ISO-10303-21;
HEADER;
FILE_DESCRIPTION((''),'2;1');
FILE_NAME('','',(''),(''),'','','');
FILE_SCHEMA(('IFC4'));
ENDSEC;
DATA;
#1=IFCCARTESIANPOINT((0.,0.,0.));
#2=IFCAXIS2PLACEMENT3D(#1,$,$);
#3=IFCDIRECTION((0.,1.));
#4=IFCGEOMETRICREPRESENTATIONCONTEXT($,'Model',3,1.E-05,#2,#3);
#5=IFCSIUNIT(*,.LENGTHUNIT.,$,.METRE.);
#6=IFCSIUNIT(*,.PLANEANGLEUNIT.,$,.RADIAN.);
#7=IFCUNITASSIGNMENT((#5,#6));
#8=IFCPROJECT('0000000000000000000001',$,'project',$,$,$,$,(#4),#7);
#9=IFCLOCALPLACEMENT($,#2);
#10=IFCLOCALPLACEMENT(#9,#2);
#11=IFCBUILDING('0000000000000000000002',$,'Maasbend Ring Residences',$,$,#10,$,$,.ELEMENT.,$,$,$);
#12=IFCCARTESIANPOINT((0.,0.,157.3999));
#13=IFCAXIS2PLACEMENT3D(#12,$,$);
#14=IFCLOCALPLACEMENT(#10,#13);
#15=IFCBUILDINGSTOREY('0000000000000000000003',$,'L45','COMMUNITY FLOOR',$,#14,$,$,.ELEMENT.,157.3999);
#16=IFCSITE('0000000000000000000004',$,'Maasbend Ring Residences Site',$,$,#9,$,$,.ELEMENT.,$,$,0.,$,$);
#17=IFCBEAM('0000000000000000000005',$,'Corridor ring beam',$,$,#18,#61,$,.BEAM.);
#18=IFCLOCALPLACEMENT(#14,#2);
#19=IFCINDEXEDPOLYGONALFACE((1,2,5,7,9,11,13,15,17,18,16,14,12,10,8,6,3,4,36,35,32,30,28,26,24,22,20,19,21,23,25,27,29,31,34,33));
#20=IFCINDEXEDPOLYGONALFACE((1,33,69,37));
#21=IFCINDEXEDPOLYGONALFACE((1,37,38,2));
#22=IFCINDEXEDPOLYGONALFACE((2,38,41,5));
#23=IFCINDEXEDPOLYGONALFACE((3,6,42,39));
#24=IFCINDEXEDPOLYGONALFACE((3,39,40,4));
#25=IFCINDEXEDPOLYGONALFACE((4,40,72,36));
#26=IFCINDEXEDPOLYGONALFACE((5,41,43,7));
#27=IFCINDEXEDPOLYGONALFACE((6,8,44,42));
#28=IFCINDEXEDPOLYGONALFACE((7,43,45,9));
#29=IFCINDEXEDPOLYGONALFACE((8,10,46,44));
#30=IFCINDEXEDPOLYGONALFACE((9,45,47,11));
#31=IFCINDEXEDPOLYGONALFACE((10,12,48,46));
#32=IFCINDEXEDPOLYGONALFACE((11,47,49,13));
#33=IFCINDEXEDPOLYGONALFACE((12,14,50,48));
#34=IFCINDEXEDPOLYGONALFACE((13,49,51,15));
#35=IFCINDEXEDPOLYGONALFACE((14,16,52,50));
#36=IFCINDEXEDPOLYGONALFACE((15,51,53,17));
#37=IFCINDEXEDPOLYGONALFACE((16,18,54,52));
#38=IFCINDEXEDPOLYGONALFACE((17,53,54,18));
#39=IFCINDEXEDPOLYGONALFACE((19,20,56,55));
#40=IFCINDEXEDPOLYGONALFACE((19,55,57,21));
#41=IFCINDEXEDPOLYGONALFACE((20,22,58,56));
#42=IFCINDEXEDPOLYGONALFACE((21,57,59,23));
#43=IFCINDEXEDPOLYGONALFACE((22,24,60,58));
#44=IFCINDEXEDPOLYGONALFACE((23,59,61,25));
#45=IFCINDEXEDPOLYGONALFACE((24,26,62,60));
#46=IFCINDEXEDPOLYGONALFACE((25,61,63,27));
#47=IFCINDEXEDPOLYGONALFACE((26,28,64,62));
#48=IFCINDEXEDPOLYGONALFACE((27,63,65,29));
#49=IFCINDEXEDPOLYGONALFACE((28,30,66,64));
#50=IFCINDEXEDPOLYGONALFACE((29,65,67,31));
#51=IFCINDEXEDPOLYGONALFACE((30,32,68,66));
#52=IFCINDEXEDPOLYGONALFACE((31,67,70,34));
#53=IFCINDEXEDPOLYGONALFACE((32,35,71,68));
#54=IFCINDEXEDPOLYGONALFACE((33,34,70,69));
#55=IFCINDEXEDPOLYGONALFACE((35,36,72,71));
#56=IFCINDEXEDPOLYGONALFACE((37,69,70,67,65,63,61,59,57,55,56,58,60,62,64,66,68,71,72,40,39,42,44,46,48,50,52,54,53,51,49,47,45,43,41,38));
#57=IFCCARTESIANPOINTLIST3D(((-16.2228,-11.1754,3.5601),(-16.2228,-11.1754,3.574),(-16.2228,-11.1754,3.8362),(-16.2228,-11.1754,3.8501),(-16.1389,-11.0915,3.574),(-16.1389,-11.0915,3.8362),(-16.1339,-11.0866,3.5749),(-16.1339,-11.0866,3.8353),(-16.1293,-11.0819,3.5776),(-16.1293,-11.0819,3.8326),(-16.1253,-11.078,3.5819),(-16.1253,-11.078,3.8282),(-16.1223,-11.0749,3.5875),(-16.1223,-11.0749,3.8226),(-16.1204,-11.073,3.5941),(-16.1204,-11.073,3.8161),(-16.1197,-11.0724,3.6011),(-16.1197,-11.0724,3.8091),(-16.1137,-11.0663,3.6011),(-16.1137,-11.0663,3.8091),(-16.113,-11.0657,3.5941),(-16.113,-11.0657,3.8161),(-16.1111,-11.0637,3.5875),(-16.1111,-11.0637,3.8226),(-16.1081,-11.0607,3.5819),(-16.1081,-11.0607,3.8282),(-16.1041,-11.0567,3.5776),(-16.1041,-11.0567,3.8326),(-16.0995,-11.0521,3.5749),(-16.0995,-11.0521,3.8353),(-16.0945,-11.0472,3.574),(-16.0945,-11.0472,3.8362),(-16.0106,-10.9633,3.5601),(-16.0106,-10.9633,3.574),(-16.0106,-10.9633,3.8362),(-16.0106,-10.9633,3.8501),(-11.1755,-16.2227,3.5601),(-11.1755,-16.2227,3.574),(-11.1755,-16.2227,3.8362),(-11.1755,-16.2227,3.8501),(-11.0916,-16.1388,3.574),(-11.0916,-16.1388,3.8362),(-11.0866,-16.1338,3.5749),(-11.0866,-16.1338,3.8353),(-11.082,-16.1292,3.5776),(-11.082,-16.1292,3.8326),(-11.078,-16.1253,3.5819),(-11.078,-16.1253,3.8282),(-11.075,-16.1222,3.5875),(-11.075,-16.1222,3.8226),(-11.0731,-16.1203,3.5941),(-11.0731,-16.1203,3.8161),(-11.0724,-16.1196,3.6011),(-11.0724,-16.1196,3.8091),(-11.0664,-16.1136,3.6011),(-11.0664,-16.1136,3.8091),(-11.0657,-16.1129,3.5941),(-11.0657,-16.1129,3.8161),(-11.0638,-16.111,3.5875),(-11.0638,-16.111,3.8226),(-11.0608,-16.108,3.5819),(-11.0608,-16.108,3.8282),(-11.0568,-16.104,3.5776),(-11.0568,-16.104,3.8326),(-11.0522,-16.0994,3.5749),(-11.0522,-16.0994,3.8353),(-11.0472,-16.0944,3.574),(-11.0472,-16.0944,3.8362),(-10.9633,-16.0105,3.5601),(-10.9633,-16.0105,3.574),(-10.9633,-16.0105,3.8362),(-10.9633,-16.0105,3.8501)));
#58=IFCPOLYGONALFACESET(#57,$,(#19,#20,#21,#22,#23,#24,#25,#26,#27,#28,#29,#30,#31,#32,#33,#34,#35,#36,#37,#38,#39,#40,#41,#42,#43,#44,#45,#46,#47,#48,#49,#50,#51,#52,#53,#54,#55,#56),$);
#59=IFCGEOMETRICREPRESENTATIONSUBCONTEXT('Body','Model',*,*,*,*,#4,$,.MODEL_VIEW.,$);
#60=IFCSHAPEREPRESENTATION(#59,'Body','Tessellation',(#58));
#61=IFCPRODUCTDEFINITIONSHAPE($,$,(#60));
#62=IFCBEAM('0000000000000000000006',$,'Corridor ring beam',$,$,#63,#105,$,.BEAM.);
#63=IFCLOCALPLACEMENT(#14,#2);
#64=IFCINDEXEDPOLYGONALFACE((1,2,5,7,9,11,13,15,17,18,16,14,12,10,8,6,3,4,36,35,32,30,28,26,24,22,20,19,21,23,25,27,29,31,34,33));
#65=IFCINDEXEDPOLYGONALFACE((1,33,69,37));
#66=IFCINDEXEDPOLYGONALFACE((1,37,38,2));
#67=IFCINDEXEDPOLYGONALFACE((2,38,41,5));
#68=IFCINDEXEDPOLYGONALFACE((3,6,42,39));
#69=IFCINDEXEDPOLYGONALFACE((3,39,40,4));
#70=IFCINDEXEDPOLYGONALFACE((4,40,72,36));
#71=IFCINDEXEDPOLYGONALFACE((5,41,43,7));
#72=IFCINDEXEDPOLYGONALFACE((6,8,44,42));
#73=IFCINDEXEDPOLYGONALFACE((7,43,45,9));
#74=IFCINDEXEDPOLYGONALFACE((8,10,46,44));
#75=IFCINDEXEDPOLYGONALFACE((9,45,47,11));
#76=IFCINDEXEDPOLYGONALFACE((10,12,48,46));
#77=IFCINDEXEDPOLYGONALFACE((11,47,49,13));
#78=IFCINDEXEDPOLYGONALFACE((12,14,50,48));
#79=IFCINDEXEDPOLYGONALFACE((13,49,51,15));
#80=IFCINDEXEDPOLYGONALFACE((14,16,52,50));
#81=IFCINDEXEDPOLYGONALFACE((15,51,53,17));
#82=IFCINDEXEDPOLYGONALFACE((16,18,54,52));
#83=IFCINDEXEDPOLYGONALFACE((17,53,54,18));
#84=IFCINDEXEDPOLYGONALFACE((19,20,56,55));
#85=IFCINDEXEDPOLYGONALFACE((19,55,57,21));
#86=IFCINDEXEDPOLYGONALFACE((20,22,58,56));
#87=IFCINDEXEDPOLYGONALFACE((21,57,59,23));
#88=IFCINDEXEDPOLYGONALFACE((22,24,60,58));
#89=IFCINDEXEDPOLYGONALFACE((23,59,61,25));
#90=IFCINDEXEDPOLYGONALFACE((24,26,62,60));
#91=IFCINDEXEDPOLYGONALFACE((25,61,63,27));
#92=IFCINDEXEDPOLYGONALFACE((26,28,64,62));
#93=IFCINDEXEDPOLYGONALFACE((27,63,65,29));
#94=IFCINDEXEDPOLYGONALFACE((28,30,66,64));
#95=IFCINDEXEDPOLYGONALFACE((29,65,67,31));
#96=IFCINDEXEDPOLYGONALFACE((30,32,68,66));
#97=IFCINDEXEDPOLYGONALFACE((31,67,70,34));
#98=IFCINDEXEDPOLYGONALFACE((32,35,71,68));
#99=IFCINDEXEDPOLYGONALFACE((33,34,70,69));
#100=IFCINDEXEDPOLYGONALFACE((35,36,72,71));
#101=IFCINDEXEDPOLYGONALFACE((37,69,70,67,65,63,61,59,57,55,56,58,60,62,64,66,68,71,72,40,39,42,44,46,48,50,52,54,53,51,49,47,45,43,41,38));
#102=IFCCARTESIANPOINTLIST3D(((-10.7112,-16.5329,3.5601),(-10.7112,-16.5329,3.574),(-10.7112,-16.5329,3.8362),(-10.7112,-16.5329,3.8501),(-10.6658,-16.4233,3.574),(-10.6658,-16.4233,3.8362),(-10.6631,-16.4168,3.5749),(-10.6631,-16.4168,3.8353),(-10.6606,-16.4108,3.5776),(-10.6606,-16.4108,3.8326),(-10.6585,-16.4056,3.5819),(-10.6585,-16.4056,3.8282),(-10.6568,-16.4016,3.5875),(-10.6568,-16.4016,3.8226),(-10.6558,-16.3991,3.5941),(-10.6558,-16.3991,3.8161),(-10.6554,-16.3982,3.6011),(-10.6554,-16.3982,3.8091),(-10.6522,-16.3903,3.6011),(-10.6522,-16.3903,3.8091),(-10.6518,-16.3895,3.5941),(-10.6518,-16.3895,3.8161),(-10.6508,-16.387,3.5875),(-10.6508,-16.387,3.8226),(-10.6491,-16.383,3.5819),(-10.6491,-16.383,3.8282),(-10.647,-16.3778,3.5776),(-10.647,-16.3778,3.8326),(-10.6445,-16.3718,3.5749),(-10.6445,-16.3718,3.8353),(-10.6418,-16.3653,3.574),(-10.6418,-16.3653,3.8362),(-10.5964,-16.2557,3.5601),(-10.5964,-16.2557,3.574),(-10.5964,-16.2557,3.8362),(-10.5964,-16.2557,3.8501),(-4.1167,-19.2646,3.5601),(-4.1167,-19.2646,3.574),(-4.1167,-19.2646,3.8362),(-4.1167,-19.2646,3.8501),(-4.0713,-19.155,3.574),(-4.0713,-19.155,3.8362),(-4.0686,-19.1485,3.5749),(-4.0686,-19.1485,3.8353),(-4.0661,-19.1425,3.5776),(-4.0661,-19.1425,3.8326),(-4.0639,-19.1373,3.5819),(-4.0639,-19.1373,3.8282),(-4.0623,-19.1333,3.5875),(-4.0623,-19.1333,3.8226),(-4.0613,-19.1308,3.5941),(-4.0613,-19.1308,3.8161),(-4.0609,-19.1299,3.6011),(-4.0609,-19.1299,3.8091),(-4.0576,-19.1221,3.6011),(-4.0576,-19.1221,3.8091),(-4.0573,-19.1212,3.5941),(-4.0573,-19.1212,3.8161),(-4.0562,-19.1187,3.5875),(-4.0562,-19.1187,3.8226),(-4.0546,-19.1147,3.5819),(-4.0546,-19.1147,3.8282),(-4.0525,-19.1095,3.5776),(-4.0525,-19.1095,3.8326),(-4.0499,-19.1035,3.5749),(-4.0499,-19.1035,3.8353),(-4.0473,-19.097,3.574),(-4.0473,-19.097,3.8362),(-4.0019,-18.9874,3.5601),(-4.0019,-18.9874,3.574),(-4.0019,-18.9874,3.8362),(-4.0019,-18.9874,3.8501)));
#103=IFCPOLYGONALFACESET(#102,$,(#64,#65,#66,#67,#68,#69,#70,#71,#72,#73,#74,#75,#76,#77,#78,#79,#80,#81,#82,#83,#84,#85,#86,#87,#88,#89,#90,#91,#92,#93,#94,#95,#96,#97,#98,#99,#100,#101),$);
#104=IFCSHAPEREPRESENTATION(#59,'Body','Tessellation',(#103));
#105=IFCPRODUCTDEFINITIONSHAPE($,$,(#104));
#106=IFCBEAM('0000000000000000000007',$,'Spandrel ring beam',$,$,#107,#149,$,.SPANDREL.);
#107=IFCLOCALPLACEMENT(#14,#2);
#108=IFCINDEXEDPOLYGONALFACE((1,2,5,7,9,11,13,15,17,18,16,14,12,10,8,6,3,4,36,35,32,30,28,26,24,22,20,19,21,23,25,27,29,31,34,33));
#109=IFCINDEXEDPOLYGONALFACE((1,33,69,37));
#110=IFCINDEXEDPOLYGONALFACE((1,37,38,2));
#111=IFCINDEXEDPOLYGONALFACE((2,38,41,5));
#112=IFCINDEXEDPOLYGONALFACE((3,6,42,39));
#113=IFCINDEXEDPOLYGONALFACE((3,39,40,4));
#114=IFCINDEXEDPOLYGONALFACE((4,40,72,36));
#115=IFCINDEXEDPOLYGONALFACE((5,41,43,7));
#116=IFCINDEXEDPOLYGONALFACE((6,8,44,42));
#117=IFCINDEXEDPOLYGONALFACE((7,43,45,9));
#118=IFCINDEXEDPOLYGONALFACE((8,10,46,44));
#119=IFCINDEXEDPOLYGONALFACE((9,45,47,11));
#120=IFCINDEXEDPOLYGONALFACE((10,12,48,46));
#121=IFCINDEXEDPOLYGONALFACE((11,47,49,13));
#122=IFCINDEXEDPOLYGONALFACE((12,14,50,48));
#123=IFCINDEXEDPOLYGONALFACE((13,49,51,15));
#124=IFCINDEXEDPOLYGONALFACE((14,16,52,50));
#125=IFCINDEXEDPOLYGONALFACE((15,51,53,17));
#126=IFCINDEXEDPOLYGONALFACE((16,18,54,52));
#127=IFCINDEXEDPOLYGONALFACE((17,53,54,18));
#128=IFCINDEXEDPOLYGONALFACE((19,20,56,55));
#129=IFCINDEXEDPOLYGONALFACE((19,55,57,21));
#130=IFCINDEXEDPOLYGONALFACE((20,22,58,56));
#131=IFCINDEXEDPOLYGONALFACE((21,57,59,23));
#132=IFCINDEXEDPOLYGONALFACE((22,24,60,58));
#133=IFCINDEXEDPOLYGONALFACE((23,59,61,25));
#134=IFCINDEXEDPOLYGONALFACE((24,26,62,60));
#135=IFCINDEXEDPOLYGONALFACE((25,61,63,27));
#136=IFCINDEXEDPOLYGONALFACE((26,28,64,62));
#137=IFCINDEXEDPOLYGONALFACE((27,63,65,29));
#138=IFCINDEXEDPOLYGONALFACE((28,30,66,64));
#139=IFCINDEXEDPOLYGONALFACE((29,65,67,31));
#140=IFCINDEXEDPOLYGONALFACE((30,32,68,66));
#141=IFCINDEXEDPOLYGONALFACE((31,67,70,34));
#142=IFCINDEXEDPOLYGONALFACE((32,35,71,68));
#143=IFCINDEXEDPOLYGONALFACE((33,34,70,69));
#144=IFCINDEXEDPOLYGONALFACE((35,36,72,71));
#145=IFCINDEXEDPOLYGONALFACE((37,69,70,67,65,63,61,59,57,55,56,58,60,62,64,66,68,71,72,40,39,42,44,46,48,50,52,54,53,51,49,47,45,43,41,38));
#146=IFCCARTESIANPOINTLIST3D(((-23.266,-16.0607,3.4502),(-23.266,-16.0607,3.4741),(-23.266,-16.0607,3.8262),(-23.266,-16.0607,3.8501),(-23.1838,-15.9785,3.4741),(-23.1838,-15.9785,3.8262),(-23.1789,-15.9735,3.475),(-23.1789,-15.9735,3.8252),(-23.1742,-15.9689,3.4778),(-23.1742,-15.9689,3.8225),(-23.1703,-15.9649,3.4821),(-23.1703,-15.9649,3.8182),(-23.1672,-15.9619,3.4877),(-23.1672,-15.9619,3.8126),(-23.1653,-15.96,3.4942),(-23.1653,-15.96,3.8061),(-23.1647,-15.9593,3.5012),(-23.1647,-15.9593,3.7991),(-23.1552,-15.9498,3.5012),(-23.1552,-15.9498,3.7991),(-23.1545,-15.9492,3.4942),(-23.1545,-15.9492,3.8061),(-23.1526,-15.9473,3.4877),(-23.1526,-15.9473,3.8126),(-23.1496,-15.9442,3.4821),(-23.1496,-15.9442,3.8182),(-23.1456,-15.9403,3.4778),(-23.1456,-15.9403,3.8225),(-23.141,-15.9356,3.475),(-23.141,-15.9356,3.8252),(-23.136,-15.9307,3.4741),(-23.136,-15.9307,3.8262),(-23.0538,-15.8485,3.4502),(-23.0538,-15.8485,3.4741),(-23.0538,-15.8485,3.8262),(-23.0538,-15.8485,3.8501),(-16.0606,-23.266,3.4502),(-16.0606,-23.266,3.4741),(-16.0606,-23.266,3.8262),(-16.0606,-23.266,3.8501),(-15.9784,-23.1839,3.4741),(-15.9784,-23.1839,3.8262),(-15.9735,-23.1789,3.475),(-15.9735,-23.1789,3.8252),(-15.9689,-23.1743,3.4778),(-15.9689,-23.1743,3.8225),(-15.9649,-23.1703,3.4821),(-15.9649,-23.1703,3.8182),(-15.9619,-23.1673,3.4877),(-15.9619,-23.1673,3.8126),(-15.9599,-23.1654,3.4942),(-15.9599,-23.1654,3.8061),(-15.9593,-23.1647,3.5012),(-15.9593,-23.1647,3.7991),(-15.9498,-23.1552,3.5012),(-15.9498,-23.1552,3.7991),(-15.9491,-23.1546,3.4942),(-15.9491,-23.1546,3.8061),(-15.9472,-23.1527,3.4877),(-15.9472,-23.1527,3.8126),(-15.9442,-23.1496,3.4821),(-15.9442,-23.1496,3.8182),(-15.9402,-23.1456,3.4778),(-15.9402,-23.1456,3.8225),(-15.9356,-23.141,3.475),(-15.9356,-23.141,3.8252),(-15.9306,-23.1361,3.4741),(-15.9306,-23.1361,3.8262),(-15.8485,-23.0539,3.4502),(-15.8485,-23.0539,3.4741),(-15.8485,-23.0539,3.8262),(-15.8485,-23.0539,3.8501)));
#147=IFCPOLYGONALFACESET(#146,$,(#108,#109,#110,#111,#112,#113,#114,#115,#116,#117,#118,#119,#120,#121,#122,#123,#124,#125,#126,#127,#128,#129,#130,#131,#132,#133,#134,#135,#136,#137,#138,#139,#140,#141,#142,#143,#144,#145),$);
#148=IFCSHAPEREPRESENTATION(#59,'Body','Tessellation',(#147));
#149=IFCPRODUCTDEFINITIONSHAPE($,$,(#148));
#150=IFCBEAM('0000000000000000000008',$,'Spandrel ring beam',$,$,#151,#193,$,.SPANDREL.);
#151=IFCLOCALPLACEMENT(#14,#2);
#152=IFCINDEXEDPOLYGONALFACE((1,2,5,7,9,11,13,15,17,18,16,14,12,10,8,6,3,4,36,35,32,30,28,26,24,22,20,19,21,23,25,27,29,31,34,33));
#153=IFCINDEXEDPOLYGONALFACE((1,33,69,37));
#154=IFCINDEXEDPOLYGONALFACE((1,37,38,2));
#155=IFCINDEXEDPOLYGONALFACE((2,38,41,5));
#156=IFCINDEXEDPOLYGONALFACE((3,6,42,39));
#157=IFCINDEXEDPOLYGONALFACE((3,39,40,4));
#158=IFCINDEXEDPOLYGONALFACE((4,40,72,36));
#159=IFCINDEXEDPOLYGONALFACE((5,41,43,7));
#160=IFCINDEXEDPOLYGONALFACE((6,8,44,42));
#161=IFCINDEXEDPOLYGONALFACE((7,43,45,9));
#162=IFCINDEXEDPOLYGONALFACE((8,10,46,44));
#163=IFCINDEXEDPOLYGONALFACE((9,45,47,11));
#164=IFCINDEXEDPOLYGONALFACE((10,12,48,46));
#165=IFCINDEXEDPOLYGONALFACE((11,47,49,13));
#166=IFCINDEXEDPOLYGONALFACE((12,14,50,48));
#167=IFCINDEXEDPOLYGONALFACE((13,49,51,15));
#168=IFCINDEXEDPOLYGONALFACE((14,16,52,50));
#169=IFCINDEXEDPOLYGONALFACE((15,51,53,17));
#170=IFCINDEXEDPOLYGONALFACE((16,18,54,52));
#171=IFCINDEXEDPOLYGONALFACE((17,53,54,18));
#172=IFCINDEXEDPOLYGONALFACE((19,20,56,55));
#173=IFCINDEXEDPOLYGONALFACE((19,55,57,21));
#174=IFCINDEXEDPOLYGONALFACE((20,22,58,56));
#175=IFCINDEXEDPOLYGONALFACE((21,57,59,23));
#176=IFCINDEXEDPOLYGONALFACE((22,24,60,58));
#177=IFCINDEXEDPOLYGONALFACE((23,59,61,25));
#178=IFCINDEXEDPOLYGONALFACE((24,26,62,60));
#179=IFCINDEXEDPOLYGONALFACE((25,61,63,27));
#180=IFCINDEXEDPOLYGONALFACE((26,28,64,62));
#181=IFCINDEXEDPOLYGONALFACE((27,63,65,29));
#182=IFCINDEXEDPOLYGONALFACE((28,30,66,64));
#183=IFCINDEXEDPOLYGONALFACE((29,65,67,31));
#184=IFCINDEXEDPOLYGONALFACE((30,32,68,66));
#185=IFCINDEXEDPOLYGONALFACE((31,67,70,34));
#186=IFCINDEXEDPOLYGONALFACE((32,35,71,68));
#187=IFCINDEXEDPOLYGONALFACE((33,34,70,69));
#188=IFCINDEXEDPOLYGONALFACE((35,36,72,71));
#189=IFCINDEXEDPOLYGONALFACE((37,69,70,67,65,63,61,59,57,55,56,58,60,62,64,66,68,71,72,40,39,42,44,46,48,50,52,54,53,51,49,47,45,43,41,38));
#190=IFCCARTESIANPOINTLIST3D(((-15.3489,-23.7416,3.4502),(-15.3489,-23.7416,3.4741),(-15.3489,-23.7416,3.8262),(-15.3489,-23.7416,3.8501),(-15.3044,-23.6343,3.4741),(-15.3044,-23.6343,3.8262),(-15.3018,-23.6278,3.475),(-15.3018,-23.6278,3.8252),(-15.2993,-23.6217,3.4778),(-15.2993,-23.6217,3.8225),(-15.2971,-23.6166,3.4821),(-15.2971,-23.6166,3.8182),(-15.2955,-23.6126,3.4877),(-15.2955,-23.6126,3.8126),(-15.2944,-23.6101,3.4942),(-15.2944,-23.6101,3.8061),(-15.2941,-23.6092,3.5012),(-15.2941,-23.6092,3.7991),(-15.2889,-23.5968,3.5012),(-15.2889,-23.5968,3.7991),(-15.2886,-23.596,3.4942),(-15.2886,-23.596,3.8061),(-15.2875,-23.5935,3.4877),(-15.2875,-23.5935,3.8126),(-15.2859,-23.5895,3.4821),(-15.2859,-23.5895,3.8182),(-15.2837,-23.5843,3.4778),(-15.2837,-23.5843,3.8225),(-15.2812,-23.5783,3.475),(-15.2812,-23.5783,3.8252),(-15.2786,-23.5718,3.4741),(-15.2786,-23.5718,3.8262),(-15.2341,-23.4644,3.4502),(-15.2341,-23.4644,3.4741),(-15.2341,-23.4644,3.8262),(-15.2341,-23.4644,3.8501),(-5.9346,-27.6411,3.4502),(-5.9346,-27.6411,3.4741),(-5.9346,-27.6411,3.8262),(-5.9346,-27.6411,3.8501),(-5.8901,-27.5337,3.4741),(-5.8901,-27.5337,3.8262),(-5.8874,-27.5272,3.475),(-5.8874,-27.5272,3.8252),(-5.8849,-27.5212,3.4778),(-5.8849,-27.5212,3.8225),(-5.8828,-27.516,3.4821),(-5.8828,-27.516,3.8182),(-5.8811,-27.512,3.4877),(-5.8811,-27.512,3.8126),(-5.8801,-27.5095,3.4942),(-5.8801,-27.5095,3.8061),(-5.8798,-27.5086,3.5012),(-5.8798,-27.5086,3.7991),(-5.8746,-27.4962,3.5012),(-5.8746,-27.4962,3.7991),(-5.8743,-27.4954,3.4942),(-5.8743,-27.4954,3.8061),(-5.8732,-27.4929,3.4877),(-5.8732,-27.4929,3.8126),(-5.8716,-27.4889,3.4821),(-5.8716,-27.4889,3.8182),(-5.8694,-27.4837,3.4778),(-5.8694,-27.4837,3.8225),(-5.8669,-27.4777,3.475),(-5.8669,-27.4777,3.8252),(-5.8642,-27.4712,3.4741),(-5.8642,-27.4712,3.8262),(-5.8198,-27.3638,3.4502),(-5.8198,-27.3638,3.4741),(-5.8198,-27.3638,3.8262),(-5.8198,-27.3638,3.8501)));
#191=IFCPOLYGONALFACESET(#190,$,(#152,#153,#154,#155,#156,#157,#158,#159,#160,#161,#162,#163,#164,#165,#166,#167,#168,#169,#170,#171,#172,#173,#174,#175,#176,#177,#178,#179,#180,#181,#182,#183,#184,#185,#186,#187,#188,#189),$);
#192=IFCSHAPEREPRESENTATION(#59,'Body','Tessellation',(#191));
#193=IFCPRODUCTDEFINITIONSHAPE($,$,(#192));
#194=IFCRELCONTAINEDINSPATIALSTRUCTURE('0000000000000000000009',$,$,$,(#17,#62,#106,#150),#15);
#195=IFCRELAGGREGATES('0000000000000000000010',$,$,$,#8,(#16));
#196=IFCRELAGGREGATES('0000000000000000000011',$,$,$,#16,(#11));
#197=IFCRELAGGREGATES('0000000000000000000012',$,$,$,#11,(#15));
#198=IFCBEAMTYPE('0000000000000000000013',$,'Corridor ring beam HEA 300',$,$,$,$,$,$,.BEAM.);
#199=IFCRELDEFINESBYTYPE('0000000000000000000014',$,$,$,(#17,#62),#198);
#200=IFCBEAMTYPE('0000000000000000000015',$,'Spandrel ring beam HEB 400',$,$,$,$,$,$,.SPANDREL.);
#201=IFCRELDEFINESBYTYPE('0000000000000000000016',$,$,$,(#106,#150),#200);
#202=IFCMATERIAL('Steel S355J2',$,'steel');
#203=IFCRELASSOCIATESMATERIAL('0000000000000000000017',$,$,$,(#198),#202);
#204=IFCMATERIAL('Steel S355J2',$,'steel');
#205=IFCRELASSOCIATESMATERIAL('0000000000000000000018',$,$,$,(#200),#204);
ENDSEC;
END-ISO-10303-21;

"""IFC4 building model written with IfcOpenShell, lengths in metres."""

from ifc_helpers import new_model, si_unit, direction, frame, origin, origin_2d, place, context, subcontext, project, spatial, i_section, extrude, material, material_profile, profile_set, type_object, element, save


model = new_model("IFC4")

# Units and contexts
model_context = context("Model", 3, precision=1e-05, world=origin(), true_north=direction((0.0, 1.0)))
body_context = subcontext(model_context, "Body", "Model", "MODEL_VIEW")
ifc_project = project(units=[si_unit("LENGTHUNIT", "METRE"), si_unit("PLANEANGLEUNIT", "RADIAN")], contexts=[model_context])

# Site, building, storey
site_placement = place(None, origin())
site = spatial("IfcSite", under=ifc_project, at=site_placement, Name="Maasbend Ring Residences Site", CompositionType="ELEMENT", RefElevation=0.0)
building_placement = place(site_placement, origin())
building = spatial("IfcBuilding", under=site, at=building_placement, Name="Maasbend Ring Residences", CompositionType="ELEMENT")
storey_placement = place(building_placement, frame((0.0, 0.0, 157.3999)))
storey = spatial("IfcBuildingStorey", under=building, at=storey_placement, Name="L45", Description="COMMUNITY FLOOR", CompositionType="ELEMENT", Elevation=157.3999)

# Beams
ifc_material_1 = material(Name="Steel S355J2", Category="steel")
ifc_material_profile_1 = material_profile(ifc_material_1, i_section(OverallWidth=0.3, OverallDepth=0.29, WebThickness=0.0085, FlangeThickness=0.0139, FilletRadius=0.0271, at=origin_2d()), Name="HEA 300")
ifc_profile_set_1 = profile_set([ifc_material_profile_1], Name="Steel S355J2")
beam_type_1 = type_object("IfcBeamType", Name="Corridor ring beam HEA 300", PredefinedType="BEAM", material=ifc_profile_set_1)
for number, where, z_axis, x_axis, name in (
    (1, (-16.1167, -11.0693, 3.7051), (0.707107, -0.707107, 0.0), (0.707107, 0.707107, 0.0), "Corridor ring beam"),
    (2, (-10.6538, -16.3943, 3.7051), (0.923871, -0.382703, 0.0), (0.382703, 0.923871, 0.0), "Corridor ring beam"),
):
    element("IfcBeam", number, at=place(storey_placement, frame(where, z_axis=z_axis, x_axis=x_axis)), inside=storey, type_object=beam_type_1, Name=name, PredefinedType="BEAM", context=body_context, shape_type="SweptSolid", body=[
        extrude(i_section(OverallWidth=0.3, OverallDepth=0.29, WebThickness=0.0085, FlangeThickness=0.0139, FilletRadius=0.0271, at=origin_2d()), origin(), (0.0, 0.0, 1.0), 7.1379),
    ])
ifc_material_2 = material(Name="Steel S355J2", Category="steel")
ifc_material_profile_2 = material_profile(ifc_material_2, i_section(OverallWidth=0.3, OverallDepth=0.3999, WebThickness=0.0134, FlangeThickness=0.0239, FilletRadius=0.0271, at=origin_2d()), Name="HEB 400")
ifc_profile_set_2 = profile_set([ifc_material_profile_2], Name="Steel S355J2")
beam_type_2 = type_object("IfcBeamType", Name="Spandrel ring beam HEB 400", PredefinedType="SPANDREL", material=ifc_profile_set_2)
for number, where, z_axis, x_axis, name in (
    (3, (-23.1599, -15.9546, 3.6501), (0.707107, -0.707107, 0.0), (0.707107, 0.707107, 0.0), "Spandrel ring beam"),
    (4, (-15.2915, -23.603, 3.6501), (0.923884, -0.382673, 0.0), (0.382673, 0.923884, 0.0), "Spandrel ring beam"),
):
    element("IfcBeam", number, at=place(storey_placement, frame(where, z_axis=z_axis, x_axis=x_axis)), inside=storey, type_object=beam_type_2, Name=name, PredefinedType="SPANDREL", context=body_context, shape_type="SweptSolid", body=[
        extrude(i_section(OverallWidth=0.3, OverallDepth=0.3999, WebThickness=0.0134, FlangeThickness=0.0239, FilletRadius=0.0271, at=origin_2d()), origin(), (0.0, 0.0, 1.0), 10.1899),
    ])

save(model, "model.ifc")
